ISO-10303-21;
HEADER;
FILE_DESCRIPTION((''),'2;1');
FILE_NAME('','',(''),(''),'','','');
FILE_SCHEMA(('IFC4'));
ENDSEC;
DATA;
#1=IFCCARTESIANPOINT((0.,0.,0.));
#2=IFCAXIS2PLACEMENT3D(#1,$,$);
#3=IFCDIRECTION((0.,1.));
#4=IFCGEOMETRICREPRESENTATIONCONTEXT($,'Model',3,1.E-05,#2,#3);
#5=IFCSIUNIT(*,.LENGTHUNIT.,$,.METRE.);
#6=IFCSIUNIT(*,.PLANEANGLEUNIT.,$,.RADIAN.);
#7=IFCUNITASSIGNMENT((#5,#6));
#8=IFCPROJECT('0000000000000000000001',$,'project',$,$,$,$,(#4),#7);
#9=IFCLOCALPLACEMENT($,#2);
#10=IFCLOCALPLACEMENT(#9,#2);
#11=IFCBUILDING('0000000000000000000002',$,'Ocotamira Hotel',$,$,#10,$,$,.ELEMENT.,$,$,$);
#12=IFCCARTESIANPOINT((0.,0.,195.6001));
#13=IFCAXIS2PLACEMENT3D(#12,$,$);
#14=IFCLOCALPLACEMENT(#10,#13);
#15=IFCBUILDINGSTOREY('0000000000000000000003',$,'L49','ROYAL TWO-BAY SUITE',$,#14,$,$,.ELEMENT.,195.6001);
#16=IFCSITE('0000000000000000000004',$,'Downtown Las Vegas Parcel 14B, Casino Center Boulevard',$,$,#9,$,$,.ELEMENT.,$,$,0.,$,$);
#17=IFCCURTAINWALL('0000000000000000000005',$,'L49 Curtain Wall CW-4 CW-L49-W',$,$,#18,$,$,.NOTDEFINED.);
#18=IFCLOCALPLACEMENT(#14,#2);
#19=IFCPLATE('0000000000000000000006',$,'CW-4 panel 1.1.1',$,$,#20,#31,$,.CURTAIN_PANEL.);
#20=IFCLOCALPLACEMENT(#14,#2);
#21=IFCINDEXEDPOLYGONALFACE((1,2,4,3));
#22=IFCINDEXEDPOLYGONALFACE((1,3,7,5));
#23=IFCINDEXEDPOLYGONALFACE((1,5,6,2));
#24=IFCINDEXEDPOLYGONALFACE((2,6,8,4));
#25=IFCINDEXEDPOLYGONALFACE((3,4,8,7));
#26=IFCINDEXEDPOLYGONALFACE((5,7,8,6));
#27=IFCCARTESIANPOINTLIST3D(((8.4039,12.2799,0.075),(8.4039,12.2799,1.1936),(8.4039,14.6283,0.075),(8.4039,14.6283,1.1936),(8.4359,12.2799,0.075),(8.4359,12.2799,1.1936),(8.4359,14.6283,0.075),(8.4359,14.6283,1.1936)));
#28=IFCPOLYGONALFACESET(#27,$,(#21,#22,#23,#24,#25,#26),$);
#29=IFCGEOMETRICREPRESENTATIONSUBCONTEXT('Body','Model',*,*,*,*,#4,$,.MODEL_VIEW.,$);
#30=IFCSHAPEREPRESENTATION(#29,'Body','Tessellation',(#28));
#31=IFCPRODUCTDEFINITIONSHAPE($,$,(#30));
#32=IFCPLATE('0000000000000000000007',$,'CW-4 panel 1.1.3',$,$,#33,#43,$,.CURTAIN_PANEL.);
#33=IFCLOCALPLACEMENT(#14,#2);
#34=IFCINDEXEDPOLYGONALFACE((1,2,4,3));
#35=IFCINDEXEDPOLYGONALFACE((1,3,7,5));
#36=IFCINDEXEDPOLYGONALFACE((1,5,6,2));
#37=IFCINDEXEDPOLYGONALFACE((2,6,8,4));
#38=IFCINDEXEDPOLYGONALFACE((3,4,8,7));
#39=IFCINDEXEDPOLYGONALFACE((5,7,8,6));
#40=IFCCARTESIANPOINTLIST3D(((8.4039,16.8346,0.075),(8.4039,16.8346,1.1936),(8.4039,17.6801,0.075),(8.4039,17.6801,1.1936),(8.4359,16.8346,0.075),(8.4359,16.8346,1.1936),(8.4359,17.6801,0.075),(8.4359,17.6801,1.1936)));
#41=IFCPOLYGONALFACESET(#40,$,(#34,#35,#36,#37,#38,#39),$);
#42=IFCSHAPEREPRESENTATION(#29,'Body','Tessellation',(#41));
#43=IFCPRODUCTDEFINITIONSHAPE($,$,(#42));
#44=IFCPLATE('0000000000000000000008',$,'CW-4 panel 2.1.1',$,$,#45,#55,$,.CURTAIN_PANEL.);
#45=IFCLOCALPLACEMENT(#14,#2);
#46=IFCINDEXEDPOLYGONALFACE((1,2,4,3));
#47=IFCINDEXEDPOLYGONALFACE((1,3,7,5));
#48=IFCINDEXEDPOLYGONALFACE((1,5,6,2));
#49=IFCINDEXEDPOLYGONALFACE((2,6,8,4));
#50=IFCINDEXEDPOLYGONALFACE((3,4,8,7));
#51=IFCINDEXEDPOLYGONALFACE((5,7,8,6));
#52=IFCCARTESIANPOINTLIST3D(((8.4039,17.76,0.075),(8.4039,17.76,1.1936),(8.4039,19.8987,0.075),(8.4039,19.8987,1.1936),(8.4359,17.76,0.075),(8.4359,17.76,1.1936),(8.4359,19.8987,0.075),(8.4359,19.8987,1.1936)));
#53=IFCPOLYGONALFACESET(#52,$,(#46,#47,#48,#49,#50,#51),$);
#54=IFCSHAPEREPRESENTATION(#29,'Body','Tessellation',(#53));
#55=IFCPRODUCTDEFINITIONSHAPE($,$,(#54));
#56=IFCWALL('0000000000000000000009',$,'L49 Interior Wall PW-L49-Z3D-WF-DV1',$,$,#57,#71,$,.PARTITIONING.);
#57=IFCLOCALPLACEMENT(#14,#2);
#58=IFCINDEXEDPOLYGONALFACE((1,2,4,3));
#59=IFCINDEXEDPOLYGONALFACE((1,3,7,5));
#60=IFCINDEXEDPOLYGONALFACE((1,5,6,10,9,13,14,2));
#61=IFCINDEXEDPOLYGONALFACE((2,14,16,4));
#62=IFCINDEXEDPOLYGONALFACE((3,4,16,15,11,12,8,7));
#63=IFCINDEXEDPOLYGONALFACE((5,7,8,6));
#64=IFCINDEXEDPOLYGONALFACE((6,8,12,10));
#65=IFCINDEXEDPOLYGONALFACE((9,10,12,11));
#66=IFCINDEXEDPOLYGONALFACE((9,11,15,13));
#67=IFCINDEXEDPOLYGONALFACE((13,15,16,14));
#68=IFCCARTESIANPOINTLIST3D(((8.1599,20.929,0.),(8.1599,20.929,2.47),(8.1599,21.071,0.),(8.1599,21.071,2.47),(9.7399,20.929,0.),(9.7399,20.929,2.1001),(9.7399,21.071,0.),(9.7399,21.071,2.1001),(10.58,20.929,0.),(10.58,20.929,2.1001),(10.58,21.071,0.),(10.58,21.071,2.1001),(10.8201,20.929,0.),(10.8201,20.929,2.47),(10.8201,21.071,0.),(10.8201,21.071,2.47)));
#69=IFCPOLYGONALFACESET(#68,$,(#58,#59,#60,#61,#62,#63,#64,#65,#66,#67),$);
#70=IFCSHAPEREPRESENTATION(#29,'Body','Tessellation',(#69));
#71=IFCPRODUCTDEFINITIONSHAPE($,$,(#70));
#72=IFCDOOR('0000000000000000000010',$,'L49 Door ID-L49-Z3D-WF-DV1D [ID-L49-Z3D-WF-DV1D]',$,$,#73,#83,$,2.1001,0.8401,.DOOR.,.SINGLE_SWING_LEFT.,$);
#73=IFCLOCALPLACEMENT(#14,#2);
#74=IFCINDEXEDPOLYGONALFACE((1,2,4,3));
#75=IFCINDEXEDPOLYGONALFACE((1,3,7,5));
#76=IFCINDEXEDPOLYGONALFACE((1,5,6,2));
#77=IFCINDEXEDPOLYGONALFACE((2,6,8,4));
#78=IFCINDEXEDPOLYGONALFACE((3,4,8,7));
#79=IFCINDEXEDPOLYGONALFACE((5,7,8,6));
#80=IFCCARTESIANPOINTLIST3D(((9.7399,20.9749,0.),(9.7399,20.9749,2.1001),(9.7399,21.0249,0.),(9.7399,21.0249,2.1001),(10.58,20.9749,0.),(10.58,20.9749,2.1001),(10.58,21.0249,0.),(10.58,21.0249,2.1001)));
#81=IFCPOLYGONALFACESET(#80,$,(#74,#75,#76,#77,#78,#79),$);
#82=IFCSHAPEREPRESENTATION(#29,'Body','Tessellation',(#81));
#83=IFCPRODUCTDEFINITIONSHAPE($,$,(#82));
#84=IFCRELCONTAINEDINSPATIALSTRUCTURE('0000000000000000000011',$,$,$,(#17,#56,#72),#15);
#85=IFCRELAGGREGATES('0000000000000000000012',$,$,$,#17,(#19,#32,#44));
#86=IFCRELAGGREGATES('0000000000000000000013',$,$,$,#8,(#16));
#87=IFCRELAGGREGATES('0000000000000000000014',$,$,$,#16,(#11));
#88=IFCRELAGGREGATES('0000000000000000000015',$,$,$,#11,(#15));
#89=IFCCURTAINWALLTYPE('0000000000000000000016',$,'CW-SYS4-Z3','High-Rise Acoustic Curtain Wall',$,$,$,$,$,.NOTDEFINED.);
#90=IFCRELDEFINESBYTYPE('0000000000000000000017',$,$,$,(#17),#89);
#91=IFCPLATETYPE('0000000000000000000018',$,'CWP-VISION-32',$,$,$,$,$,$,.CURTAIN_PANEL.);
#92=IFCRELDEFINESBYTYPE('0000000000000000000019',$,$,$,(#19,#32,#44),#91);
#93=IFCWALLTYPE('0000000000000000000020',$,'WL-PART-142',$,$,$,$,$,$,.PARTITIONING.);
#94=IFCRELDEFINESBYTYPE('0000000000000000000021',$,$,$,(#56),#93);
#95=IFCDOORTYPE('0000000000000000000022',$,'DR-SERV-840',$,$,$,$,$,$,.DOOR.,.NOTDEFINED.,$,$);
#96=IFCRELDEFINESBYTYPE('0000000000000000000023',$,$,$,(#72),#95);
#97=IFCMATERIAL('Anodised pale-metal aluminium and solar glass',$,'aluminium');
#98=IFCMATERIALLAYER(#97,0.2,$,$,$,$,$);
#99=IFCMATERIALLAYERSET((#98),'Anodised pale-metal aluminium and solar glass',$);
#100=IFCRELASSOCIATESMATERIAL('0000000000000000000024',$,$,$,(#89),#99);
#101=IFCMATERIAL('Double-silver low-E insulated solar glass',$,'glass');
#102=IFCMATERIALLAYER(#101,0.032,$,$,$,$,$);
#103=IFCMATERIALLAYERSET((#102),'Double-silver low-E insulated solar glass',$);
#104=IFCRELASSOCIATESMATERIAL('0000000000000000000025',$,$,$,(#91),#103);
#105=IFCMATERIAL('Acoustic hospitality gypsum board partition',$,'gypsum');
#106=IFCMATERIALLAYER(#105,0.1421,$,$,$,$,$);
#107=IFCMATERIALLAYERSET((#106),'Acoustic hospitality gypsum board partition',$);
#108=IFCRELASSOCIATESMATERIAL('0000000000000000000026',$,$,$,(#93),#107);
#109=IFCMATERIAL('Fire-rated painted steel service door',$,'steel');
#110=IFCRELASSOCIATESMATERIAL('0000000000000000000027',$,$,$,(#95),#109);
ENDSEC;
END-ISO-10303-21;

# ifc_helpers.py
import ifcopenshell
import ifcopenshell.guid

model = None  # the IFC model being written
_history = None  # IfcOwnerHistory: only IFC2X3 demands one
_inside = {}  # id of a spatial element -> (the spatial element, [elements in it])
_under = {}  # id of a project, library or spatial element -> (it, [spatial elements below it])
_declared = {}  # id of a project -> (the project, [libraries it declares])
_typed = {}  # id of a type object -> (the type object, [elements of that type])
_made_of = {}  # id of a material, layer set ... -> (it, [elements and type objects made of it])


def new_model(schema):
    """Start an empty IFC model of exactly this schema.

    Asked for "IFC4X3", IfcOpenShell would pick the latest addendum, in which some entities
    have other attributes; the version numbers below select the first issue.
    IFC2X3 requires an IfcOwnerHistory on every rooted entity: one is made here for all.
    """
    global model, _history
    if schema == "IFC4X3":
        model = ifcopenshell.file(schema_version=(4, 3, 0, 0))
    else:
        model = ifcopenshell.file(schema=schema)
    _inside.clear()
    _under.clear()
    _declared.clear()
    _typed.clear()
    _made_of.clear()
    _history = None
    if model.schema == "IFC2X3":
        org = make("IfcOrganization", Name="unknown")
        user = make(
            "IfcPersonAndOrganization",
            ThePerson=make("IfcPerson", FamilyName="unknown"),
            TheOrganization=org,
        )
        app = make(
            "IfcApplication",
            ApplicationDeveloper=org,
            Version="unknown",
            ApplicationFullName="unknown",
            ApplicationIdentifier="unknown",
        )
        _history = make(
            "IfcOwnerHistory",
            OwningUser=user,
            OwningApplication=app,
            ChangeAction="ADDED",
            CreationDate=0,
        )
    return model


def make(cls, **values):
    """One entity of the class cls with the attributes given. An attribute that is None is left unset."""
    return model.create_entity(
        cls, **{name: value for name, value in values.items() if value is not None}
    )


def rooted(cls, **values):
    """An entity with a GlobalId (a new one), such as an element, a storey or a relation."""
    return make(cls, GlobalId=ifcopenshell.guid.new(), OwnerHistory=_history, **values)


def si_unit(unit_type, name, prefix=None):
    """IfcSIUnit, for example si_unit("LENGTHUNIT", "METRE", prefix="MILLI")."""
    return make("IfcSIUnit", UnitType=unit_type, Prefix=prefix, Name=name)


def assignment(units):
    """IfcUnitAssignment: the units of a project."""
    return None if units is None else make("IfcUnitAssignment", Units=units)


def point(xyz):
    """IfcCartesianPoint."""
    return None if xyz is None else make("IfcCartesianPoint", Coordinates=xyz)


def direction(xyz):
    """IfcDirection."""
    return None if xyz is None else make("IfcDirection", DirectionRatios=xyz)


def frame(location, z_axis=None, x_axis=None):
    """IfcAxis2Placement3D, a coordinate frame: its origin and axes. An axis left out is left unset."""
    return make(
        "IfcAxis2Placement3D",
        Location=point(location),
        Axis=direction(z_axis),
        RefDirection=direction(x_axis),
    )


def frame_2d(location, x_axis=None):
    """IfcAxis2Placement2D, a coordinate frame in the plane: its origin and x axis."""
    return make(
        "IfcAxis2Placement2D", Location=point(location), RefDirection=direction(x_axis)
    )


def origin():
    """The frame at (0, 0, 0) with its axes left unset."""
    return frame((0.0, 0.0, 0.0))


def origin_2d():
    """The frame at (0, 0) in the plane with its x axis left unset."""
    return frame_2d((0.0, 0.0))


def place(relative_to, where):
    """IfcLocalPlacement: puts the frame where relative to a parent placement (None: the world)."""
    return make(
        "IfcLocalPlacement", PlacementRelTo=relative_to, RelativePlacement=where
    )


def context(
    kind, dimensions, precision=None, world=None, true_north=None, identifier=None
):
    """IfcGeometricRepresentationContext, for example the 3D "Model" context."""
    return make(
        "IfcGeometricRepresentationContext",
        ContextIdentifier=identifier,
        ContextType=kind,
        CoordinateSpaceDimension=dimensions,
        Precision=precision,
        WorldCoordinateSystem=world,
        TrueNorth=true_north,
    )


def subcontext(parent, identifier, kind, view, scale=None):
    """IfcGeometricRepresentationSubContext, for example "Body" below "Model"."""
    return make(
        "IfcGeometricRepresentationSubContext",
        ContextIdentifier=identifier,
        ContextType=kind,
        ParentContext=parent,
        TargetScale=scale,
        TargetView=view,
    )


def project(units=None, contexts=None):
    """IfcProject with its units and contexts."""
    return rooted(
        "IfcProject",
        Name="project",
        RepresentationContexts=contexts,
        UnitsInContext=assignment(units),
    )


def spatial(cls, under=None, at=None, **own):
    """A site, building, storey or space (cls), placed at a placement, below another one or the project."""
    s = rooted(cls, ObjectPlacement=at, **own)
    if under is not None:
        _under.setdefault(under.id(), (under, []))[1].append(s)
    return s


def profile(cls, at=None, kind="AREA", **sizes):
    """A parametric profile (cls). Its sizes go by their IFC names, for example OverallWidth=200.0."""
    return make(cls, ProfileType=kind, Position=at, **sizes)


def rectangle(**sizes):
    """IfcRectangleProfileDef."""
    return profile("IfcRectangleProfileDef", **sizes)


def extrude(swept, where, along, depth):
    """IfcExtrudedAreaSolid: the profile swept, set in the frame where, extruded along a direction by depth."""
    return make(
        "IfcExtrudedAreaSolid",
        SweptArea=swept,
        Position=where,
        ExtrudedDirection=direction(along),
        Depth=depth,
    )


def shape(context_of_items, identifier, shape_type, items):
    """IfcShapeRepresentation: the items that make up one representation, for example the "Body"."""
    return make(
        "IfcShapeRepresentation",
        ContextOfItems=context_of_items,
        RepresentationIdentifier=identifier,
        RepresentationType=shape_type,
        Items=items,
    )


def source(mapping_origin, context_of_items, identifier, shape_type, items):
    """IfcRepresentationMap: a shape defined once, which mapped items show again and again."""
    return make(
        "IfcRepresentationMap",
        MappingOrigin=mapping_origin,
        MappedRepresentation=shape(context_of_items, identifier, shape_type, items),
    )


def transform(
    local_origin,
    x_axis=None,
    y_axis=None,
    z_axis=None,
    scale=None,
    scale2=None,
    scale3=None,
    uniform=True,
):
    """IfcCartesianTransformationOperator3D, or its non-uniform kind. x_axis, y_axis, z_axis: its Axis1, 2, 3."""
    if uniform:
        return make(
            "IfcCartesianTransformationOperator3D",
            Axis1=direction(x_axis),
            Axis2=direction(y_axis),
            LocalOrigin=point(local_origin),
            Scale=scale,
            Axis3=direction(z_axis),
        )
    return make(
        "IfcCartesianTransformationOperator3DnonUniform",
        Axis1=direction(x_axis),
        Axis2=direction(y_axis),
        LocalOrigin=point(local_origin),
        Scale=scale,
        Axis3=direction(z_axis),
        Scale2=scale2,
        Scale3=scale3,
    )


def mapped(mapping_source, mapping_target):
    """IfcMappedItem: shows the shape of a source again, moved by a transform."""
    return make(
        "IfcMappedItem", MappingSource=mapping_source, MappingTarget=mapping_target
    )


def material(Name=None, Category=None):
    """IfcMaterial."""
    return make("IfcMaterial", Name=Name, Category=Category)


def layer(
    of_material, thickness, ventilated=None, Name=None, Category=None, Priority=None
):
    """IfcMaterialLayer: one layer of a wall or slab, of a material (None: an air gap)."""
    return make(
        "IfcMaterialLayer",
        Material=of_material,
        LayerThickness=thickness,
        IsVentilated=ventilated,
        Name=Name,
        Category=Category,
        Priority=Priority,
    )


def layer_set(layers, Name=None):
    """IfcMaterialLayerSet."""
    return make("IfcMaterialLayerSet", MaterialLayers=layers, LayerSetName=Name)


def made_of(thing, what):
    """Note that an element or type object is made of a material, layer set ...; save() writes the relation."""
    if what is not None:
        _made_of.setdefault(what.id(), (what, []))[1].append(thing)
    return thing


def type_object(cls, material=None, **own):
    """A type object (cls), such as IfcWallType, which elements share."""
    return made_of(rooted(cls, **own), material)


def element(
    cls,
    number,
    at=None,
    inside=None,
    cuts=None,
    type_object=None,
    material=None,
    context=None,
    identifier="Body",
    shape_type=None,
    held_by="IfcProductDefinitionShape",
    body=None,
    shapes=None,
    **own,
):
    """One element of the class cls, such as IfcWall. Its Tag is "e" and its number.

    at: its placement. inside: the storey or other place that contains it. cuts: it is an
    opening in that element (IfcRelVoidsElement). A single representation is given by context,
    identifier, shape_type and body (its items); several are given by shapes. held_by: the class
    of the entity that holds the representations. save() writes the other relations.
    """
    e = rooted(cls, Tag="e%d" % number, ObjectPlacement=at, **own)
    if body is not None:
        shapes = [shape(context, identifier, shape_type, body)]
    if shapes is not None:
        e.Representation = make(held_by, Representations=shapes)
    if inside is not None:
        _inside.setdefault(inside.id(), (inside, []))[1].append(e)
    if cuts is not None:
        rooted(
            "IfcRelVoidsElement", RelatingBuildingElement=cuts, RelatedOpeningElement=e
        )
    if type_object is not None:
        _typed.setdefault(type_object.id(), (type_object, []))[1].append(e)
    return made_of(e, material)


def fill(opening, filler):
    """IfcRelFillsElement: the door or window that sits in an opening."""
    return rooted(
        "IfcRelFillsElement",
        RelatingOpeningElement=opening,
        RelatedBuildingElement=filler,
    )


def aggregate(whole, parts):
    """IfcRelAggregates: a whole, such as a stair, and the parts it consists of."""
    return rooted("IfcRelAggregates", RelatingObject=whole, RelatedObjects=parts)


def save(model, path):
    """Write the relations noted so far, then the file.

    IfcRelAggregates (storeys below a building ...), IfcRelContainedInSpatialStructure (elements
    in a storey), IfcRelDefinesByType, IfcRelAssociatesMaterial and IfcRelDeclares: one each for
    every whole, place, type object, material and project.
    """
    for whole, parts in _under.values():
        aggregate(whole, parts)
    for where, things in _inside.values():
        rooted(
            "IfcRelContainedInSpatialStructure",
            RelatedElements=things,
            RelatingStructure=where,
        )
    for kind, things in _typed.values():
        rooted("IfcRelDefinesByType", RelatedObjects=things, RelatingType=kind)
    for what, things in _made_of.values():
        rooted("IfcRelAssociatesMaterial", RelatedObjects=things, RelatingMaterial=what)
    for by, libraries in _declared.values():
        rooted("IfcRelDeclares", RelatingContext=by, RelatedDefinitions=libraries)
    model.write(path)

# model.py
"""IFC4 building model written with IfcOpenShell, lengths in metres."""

from ifc_helpers import new_model, si_unit, direction, frame, frame_2d, origin, origin_2d, place, context, subcontext, project, spatial, rectangle, extrude, source, transform, mapped, material, layer, layer_set, type_object, element, fill, aggregate, save


model = new_model("IFC4")

# Units and contexts
model_context = context("Model", 3, precision=1e-05, world=origin(), true_north=direction((0.0, 1.0)))
body_context = subcontext(model_context, "Body", "Model", "MODEL_VIEW")
ifc_project = project(units=[si_unit("LENGTHUNIT", "METRE"), si_unit("PLANEANGLEUNIT", "RADIAN")], contexts=[model_context])

# Site, building, storey
site_placement = place(None, origin())
site = spatial("IfcSite", under=ifc_project, at=site_placement, Name="Downtown Las Vegas Parcel 14B, Casino Center Boulevard", CompositionType="ELEMENT", RefElevation=0.0)
building_placement = place(site_placement, origin())
building = spatial("IfcBuilding", under=site, at=building_placement, Name="Ocotamira Hotel", CompositionType="ELEMENT")
storey_placement = place(building_placement, frame((0.0, 0.0, 195.6001)))
storey = spatial("IfcBuildingStorey", under=building, at=storey_placement, Name="L49", Description="ROYAL TWO-BAY SUITE", CompositionType="ELEMENT", Elevation=195.6001)

# Curtain wall
ifc_material_1 = material(Name="Anodised pale-metal aluminium and solar glass", Category="aluminium")
ifc_layer_1 = layer(ifc_material_1, 0.2)
ifc_layer_set_1 = layer_set([ifc_layer_1], Name="Anodised pale-metal aluminium and solar glass")
curtain_wall_type = type_object("IfcCurtainWallType", Name="CW-SYS4-Z3", Description="High-Rise Acoustic Curtain Wall", PredefinedType="NOTDEFINED", material=ifc_layer_set_1)
curtain_wall_placement = place(storey_placement, origin())
curtain_wall = element("IfcCurtainWall", 1, at=curtain_wall_placement, inside=storey, type_object=curtain_wall_type, Name="L49 Curtain Wall CW-4 CW-L49-W", PredefinedType="NOTDEFINED")

# Plates
ifc_material_2 = material(Name="Double-silver low-E insulated solar glass", Category="glass")
ifc_layer_2 = layer(ifc_material_2, 0.032)
ifc_layer_set_2 = layer_set([ifc_layer_2], Name="Double-silver low-E insulated solar glass")
plate_type_1 = type_object("IfcPlateType", Name="CWP-VISION-32", PredefinedType="CURTAIN_PANEL", material=ifc_layer_set_2)
shared_shape_1 = source(origin(), body_context, "Body", "SweptSolid", [
    extrude(rectangle(XDim=2.3484, YDim=0.032, at=origin_2d()), origin(), (0.0, 0.0, 1.0), 1.1187),
])
plate_1_placement = place(storey_placement, frame((8.4199, 13.4541, 0.075), z_axis=(0.0, 0.0, 1.0), x_axis=(0.0, 1.0, 0.0)))
plate_1 = element("IfcPlate", 2, at=plate_1_placement, type_object=plate_type_1, Name="CW-4 panel 1.1.1", PredefinedType="CURTAIN_PANEL", context=body_context, shape_type="MappedRepresentation", body=[
    mapped(shared_shape_1, transform((0.0, 0.0, 0.0), scale=1.0)),
])
shared_shape_2 = source(origin(), body_context, "Body", "SweptSolid", [
    extrude(rectangle(XDim=0.8455, YDim=0.032, at=origin_2d()), origin(), (0.0, 0.0, 1.0), 1.1187),
])
plate_2_placement = place(storey_placement, frame((8.4199, 17.2573, 0.075), z_axis=(0.0, 0.0, 1.0), x_axis=(0.0, 1.0, 0.0)))
plate_2 = element("IfcPlate", 3, at=plate_2_placement, type_object=plate_type_1, Name="CW-4 panel 1.1.3", PredefinedType="CURTAIN_PANEL", context=body_context, shape_type="MappedRepresentation", body=[
    mapped(shared_shape_2, transform((0.0, 0.0, 0.0), scale=1.0)),
])
shared_shape_3 = source(origin(), body_context, "Body", "SweptSolid", [
    extrude(rectangle(XDim=2.1387, YDim=0.032, at=origin_2d()), origin(), (0.0, 0.0, 1.0), 1.1187),
])
plate_3_placement = place(storey_placement, frame((8.4199, 18.8293, 0.075), z_axis=(0.0, 0.0, 1.0), x_axis=(0.0, 1.0, 0.0)))
plate_3 = element("IfcPlate", 4, at=plate_3_placement, type_object=plate_type_1, Name="CW-4 panel 2.1.1", PredefinedType="CURTAIN_PANEL", context=body_context, shape_type="MappedRepresentation", body=[
    mapped(shared_shape_3, transform((0.0, 0.0, 0.0), scale=1.0)),
])
aggregate(curtain_wall, [plate_1, plate_2, plate_3])

# Wall, opening, door
ifc_material_3 = material(Name="Acoustic hospitality gypsum board partition", Category="gypsum")
ifc_layer_3 = layer(ifc_material_3, 0.1421)
ifc_layer_set_3 = layer_set([ifc_layer_3], Name="Acoustic hospitality gypsum board partition")
wall_type_1 = type_object("IfcWallType", Name="WL-PART-142", PredefinedType="PARTITIONING", material=ifc_layer_set_3)
wall_1_placement = place(storey_placement, frame((8.1599, 21.0, 0.0), z_axis=(0.0, 0.0, 1.0), x_axis=(1.0, 0.0, 0.0)))
wall_1 = element("IfcWall", 5, at=wall_1_placement, inside=storey, type_object=wall_type_1, Name="L49 Interior Wall PW-L49-Z3D-WF-DV1", PredefinedType="PARTITIONING", context=body_context, shape_type="SweptSolid", body=[
    extrude(rectangle(XDim=2.6602, YDim=0.1421, at=frame_2d((1.3301, 0.0))), origin(), (0.0, 0.0, 1.0), 2.47),
])
opening_1_placement = place(wall_1_placement, frame((1.5801, 0.0, 0.0)))
opening_1 = element("IfcOpeningElement", 6, at=opening_1_placement, cuts=wall_1, PredefinedType="OPENING", context=body_context, shape_type="SweptSolid", body=[
    extrude(rectangle(XDim=0.8401, YDim=2.1001, at=frame_2d((0.4199, 1.05))), frame((0.0, 0.0811, 0.0), z_axis=(0.0, -1.0, 0.0), x_axis=(1.0, 0.0, 0.0)), (0.0, 0.0, 1.0), 0.1621),
])
ifc_material_4 = material(Name="Fire-rated painted steel service door", Category="steel")
door_type_1 = type_object("IfcDoorType", Name="DR-SERV-840", OperationType="NOTDEFINED", PredefinedType="DOOR", material=ifc_material_4)
shared_shape_4 = source(origin(), body_context, "Body", "SweptSolid", [
    extrude(rectangle(XDim=0.8401, YDim=2.1001, at=frame_2d((0.4199, 1.05))), frame((0.0, 0.0249, 0.0), z_axis=(0.0, -1.0, 0.0), x_axis=(1.0, 0.0, 0.0)), (0.0, 0.0, 1.0), 0.05),
])
door_1_placement = place(opening_1_placement, origin())
door_1 = element("IfcDoor", 7, at=door_1_placement, inside=storey, type_object=door_type_1, Name="L49 Door ID-L49-Z3D-WF-DV1D [ID-L49-Z3D-WF-DV1D]", OperationType="SINGLE_SWING_LEFT", OverallHeight=2.1001, OverallWidth=0.8401, PredefinedType="DOOR", context=body_context, shape_type="MappedRepresentation", body=[
    mapped(shared_shape_4, transform((0.0, 0.0, 0.0), scale=1.0)),
])
fill(opening_1, door_1)

save(model, "model.ifc")
